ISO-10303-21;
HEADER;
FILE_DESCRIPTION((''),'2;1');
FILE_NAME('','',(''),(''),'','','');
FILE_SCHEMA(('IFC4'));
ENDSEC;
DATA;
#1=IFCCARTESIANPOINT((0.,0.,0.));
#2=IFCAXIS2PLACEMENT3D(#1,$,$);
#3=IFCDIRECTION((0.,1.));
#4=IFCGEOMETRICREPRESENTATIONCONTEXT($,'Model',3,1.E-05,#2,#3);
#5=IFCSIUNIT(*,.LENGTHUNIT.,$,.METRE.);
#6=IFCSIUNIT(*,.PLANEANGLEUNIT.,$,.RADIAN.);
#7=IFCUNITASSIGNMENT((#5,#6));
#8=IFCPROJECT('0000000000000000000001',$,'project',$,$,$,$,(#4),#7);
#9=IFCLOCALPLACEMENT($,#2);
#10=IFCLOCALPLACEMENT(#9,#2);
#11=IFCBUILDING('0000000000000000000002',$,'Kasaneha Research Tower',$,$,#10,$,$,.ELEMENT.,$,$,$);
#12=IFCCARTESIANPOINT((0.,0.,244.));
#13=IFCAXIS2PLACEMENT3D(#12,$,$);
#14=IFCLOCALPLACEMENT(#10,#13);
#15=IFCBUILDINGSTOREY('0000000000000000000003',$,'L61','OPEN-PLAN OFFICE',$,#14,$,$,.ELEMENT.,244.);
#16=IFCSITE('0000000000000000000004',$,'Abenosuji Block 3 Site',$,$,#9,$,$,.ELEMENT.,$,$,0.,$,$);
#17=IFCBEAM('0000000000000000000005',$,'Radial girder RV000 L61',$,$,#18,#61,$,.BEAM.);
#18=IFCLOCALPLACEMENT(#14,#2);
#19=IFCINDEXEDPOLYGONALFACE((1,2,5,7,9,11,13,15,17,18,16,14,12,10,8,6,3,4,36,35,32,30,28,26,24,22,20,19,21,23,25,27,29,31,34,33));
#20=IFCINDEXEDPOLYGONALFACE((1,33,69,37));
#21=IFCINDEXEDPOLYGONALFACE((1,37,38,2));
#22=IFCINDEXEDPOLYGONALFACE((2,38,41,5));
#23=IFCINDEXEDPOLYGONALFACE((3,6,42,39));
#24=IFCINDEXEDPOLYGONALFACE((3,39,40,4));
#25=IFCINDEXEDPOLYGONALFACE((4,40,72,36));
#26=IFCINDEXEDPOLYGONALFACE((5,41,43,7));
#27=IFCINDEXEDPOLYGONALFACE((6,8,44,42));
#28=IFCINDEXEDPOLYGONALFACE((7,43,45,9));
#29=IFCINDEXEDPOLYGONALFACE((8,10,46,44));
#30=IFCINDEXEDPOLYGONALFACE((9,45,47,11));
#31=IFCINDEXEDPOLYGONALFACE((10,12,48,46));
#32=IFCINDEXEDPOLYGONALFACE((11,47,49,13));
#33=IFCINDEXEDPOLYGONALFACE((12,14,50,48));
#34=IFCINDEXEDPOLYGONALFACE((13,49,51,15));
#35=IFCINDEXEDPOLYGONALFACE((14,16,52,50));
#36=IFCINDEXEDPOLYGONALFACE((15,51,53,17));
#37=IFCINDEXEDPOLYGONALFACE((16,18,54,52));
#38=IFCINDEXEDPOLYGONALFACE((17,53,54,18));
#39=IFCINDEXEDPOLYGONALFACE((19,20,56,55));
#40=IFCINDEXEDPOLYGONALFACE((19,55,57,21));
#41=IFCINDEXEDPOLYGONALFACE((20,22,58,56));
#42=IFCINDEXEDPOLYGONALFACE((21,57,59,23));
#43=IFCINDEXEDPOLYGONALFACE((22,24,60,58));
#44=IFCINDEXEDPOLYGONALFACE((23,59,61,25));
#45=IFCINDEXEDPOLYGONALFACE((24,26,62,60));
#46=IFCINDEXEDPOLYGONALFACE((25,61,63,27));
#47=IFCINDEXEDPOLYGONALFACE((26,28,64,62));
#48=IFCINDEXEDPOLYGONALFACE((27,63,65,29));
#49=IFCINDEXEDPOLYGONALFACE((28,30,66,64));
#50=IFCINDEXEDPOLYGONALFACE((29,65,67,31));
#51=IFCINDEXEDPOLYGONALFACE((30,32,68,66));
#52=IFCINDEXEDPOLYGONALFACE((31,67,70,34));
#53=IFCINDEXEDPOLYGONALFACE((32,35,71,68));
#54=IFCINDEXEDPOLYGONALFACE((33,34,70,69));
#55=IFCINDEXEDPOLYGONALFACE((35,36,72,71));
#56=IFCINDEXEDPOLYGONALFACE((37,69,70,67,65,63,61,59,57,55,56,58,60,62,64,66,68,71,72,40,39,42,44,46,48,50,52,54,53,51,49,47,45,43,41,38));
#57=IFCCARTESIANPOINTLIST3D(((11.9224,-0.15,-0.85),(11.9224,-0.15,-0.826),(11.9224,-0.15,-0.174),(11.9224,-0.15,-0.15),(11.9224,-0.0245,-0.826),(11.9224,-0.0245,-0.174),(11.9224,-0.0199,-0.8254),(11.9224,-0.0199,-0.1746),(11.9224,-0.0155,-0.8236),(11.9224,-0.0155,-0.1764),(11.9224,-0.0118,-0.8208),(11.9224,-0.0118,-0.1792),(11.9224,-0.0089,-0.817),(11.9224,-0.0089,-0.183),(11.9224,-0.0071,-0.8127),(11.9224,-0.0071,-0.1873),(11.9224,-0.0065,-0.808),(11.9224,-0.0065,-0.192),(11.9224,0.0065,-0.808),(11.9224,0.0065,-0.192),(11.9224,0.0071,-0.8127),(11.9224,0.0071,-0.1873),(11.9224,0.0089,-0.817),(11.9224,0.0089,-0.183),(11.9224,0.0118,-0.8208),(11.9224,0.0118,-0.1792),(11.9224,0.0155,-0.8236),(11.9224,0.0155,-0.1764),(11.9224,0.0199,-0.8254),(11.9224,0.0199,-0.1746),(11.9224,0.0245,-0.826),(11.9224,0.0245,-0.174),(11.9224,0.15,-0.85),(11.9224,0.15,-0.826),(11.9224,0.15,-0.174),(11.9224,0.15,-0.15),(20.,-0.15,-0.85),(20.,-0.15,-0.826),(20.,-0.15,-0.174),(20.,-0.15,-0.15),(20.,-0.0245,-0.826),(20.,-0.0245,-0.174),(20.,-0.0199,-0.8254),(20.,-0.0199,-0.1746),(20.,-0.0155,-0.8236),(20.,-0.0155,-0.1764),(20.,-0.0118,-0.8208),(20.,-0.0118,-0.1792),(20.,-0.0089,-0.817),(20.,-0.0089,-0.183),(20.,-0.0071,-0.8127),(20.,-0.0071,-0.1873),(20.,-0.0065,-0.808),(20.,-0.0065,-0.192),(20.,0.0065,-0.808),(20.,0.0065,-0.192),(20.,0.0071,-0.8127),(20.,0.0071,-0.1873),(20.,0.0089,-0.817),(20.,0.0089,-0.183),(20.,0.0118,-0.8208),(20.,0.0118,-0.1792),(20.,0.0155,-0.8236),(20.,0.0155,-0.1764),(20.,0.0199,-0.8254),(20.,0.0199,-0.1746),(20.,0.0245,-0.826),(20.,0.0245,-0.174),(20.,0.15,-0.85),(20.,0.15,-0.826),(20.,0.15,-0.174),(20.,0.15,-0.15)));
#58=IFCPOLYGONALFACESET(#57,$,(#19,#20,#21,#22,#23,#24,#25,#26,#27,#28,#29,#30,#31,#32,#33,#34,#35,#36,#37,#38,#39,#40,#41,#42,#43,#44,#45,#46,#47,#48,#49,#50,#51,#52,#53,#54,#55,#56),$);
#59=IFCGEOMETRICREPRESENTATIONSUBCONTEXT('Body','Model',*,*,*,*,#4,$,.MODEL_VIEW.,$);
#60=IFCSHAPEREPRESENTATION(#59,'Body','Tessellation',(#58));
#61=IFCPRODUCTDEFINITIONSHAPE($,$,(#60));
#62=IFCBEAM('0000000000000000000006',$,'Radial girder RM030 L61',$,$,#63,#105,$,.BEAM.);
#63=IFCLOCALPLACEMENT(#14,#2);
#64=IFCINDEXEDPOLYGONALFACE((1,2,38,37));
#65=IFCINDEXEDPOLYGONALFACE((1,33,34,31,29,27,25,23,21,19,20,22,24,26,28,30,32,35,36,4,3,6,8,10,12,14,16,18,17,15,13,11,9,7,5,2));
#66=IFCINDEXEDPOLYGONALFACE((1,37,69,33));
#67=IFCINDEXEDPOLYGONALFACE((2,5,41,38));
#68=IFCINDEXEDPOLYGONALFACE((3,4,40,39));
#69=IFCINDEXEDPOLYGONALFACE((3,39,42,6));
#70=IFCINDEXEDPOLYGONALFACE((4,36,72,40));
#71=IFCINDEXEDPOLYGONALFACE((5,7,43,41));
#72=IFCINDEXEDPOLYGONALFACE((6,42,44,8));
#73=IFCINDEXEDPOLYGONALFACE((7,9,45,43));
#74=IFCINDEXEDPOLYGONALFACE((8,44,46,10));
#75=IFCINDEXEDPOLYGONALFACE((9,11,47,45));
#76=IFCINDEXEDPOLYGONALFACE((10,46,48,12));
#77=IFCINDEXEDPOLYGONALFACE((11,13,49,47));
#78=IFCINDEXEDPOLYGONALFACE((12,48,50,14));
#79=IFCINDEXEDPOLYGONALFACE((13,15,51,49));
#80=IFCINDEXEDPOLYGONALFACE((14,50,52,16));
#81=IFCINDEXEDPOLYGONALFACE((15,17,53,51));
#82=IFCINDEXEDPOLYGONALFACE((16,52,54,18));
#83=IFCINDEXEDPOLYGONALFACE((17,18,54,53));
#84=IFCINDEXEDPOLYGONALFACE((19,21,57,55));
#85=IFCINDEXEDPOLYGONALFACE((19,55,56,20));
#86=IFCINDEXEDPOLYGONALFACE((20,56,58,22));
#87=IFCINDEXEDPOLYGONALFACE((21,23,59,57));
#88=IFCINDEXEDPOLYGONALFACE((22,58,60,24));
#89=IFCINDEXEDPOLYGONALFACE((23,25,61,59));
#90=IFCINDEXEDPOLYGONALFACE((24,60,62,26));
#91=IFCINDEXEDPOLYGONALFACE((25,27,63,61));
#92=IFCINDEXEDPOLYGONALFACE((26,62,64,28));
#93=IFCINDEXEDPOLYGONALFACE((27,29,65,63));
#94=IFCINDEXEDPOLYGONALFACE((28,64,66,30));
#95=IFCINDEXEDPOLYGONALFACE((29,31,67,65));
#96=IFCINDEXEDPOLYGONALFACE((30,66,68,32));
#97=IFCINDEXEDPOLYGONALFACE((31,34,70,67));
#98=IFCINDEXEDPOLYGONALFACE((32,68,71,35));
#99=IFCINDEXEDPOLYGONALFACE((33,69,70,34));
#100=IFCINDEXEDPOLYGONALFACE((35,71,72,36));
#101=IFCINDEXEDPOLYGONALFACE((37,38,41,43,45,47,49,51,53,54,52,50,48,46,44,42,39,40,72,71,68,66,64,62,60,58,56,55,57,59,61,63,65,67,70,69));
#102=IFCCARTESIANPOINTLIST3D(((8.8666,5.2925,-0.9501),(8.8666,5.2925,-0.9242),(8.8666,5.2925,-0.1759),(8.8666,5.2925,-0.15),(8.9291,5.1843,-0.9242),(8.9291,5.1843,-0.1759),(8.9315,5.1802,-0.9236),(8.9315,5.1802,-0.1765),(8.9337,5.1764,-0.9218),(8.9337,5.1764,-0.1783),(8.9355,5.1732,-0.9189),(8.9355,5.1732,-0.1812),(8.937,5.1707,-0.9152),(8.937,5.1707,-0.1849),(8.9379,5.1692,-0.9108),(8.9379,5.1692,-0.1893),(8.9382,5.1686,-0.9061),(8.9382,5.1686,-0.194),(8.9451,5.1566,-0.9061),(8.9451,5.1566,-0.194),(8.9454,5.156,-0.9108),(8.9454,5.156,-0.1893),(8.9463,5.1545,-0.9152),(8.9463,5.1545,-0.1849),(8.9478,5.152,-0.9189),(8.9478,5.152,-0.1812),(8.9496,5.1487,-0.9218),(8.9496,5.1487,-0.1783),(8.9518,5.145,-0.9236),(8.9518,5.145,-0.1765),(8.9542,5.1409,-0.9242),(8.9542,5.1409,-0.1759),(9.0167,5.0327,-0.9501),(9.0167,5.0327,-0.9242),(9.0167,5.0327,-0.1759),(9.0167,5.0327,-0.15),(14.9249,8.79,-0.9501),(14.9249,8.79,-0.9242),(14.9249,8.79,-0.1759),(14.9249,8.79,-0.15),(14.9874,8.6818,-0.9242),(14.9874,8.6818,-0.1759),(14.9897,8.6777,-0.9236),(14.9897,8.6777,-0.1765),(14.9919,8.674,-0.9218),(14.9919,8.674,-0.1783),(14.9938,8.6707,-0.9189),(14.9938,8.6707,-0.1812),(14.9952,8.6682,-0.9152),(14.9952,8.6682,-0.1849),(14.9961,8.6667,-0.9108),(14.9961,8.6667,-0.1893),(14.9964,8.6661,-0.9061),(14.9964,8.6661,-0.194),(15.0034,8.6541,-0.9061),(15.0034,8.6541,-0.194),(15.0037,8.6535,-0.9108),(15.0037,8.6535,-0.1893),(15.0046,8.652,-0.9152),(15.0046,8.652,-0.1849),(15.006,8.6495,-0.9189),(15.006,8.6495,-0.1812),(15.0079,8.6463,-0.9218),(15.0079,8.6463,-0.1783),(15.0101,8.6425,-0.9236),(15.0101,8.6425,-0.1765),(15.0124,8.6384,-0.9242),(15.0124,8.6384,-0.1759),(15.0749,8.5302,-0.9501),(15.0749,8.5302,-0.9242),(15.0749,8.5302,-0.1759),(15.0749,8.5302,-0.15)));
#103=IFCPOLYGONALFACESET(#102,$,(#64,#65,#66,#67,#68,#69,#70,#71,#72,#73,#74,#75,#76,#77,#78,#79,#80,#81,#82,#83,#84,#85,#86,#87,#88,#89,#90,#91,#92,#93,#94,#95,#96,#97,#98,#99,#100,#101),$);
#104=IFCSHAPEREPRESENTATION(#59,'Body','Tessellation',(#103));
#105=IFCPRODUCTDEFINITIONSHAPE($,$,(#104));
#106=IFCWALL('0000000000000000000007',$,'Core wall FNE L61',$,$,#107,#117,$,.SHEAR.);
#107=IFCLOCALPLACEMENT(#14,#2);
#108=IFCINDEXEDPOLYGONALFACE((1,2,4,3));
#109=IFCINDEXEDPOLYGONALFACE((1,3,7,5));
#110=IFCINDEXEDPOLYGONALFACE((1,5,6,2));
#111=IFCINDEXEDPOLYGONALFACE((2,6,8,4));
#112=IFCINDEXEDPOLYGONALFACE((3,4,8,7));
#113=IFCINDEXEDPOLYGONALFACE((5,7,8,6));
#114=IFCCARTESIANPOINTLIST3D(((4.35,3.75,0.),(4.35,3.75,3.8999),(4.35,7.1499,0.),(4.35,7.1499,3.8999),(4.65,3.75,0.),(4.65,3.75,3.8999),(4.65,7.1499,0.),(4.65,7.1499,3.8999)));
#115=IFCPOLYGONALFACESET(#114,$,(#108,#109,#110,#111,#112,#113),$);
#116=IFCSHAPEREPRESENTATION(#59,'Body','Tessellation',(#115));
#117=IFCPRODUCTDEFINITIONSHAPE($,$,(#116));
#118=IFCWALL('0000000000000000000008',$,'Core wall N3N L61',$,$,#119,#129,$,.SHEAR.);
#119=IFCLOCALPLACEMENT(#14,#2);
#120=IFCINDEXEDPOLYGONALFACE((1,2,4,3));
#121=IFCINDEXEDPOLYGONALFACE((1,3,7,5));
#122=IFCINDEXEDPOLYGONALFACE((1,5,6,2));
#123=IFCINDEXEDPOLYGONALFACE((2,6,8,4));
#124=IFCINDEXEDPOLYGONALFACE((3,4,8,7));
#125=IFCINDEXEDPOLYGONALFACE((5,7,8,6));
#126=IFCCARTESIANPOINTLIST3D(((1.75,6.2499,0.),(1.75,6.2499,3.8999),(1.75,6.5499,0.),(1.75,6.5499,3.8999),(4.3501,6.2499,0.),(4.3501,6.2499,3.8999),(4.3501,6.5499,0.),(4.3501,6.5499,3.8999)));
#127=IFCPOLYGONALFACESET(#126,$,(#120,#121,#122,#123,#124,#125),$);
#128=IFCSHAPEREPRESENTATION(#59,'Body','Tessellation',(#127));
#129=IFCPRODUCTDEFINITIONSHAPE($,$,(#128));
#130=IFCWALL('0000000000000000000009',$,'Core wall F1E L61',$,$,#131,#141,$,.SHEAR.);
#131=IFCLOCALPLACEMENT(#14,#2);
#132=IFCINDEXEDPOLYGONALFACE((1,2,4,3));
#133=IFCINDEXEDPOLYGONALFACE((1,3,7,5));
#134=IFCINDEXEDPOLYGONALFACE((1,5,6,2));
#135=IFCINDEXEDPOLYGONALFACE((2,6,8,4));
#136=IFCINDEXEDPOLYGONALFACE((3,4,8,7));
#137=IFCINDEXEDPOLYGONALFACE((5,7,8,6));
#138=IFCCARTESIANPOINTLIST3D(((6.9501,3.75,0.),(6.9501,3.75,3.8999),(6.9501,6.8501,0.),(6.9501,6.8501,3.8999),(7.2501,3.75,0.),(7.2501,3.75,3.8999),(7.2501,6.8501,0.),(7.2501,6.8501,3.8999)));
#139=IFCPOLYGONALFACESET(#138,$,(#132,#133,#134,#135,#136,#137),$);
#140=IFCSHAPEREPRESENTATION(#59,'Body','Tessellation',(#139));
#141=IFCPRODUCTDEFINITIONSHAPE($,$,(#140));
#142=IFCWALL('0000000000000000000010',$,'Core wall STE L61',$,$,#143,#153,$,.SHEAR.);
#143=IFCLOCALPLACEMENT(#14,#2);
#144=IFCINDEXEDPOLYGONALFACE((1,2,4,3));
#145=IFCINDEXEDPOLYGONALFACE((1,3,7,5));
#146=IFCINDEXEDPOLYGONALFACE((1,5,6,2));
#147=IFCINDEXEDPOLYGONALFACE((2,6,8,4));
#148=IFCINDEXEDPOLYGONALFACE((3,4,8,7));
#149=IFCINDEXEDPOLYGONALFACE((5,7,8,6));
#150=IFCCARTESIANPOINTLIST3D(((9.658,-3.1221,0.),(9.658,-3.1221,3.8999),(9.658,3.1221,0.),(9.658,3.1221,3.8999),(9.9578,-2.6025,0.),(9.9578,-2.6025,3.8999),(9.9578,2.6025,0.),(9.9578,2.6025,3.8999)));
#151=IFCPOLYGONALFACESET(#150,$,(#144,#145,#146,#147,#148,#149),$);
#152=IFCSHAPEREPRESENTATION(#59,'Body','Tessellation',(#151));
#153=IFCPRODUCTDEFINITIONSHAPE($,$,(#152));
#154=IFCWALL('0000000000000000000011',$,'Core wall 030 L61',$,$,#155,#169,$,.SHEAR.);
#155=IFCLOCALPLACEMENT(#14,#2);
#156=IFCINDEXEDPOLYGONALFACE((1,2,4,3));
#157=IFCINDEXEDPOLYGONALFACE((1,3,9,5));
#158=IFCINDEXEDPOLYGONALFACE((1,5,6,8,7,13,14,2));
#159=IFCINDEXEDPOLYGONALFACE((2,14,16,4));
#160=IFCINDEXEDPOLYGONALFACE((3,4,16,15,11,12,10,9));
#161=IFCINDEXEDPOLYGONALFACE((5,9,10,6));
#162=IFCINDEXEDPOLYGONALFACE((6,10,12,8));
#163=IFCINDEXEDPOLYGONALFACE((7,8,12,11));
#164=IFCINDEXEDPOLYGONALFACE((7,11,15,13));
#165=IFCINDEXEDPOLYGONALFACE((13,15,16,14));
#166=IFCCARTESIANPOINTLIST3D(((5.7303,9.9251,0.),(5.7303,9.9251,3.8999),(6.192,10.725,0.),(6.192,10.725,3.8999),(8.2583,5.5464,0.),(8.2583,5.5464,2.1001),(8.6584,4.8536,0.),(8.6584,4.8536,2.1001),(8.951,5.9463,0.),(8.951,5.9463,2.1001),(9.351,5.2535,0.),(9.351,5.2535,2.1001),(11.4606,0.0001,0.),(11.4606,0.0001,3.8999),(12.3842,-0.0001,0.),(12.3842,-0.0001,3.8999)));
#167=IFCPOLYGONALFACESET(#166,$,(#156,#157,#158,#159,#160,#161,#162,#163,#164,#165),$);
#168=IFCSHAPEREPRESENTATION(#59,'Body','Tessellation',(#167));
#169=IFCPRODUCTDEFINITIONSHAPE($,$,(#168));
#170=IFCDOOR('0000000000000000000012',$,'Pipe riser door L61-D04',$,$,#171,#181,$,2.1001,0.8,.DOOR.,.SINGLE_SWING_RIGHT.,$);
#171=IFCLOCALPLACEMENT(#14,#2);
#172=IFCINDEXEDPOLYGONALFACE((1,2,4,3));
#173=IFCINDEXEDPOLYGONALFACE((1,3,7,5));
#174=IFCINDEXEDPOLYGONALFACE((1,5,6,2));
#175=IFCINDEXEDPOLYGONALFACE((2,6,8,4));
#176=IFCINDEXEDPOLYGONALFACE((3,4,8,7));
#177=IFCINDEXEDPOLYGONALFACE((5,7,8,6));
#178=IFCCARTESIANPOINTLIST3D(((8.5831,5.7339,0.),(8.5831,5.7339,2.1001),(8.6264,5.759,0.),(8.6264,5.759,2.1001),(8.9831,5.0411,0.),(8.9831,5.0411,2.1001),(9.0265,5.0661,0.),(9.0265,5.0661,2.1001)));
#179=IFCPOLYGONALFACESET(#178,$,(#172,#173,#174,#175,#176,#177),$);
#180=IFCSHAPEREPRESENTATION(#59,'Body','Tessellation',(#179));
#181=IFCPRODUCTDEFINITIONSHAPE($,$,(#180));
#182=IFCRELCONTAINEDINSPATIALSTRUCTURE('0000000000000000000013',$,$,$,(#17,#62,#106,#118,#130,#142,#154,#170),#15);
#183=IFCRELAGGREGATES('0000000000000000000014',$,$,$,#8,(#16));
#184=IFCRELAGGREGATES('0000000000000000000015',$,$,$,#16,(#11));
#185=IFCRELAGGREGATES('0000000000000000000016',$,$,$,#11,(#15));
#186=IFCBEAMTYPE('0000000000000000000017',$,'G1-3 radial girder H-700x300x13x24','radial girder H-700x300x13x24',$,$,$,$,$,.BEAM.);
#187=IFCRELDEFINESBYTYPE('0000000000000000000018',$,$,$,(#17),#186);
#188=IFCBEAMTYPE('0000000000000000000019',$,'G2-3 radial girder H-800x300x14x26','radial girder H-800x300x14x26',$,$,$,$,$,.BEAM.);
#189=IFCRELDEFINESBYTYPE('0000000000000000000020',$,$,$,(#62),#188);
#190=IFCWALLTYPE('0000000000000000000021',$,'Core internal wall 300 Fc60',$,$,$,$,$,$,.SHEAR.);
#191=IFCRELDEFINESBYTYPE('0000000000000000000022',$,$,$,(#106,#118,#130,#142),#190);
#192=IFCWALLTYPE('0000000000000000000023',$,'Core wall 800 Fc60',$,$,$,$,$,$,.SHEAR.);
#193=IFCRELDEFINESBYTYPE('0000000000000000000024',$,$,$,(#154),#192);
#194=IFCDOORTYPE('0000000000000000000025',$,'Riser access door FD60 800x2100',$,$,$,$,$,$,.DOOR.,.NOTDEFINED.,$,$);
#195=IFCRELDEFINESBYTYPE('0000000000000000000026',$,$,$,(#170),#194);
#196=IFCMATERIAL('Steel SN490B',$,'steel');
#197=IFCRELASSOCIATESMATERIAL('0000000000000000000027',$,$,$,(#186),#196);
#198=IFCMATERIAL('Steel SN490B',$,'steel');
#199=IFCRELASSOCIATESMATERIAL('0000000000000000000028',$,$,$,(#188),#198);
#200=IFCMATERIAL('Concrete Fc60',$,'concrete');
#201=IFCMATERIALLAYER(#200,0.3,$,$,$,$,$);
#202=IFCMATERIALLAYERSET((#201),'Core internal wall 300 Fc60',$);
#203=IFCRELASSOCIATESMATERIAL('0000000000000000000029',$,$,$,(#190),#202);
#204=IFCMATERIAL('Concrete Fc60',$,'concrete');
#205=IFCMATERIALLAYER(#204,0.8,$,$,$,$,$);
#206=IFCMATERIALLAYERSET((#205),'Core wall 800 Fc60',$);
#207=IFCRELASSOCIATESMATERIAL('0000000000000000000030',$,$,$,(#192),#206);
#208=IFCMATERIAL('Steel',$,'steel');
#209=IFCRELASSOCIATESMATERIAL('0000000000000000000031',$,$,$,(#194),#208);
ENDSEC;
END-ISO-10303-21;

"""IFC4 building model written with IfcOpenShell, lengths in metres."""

from ifc_helpers import new_model, si_unit, direction, frame, frame_2d, origin, origin_2d, place, context, subcontext, project, spatial, polyline, rectangle, i_section, outline, extrude, material, layer, layer_set, material_profile, profile_set, type_object, element, fill, save


model = new_model("IFC4")

# Units and contexts
model_context = context("Model", 3, precision=1e-05, world=origin(), true_north=direction((0.0, 1.0)))
body_context = subcontext(model_context, "Body", "Model", "MODEL_VIEW")
ifc_project = project(units=[si_unit("LENGTHUNIT", "METRE"), si_unit("PLANEANGLEUNIT", "RADIAN")], contexts=[model_context])

# Site, building, storey
site_placement = place(None, origin())
site = spatial("IfcSite", under=ifc_project, at=site_placement, Name="Abenosuji Block 3 Site", CompositionType="ELEMENT", RefElevation=0.0)
building_placement = place(site_placement, origin())
building = spatial("IfcBuilding", under=site, at=building_placement, Name="Kasaneha Research Tower", CompositionType="ELEMENT")
storey_placement = place(building_placement, frame((0.0, 0.0, 244.0)))
storey = spatial("IfcBuildingStorey", under=building, at=storey_placement, Name="L61", Description="OPEN-PLAN OFFICE", CompositionType="ELEMENT", Elevation=244.0)

# Beams
ifc_material_1 = material(Name="Steel SN490B", Category="steel")
ifc_material_profile_1 = material_profile(ifc_material_1, i_section(OverallWidth=0.3, OverallDepth=0.7, WebThickness=0.0129, FlangeThickness=0.0239, FilletRadius=0.0181, at=origin_2d()), Name="H-700x300x13x24")
ifc_profile_set_1 = profile_set([ifc_material_profile_1], Name="Steel SN490B")
beam_type_1 = type_object("IfcBeamType", Name="G1-3 radial girder H-700x300x13x24", Description="radial girder H-700x300x13x24", PredefinedType="BEAM", material=ifc_profile_set_1)
beam_1_placement = place(storey_placement, frame((11.9224, 0.0, -0.5), z_axis=(1.0, 0.0, 0.0), x_axis=(0.0, 1.0, 0.0)))
element("IfcBeam", 1, at=beam_1_placement, inside=storey, type_object=beam_type_1, Name="Radial girder RV000 L61", PredefinedType="BEAM", context=body_context, shape_type="SweptSolid", body=[
    extrude(i_section(OverallWidth=0.3, OverallDepth=0.7, WebThickness=0.0129, FlangeThickness=0.0239, FilletRadius=0.0181, at=origin_2d()), origin(), (0.0, 0.0, 1.0), 8.0776),
])
ifc_material_2 = material(Name="Steel SN490B", Category="steel")
ifc_material_profile_2 = material_profile(ifc_material_2, i_section(OverallWidth=0.3, OverallDepth=0.8, WebThickness=0.0139, FlangeThickness=0.0259, FilletRadius=0.0181, at=origin_2d()), Name="H-800x300x14x26")
ifc_profile_set_2 = profile_set([ifc_material_profile_2], Name="Steel SN490B")
beam_type_2 = type_object("IfcBeamType", Name="G2-3 radial girder H-800x300x14x26", Description="radial girder H-800x300x14x26", PredefinedType="BEAM", material=ifc_profile_set_2)
beam_2_placement = place(storey_placement, frame((8.9417, 5.1626, -0.55), z_axis=(0.86604, 0.499975, 0.0), x_axis=(-0.499975, 0.86604, 0.0)))
element("IfcBeam", 2, at=beam_2_placement, inside=storey, type_object=beam_type_2, Name="Radial girder RM030 L61", PredefinedType="BEAM", context=body_context, shape_type="SweptSolid", body=[
    extrude(i_section(OverallWidth=0.3, OverallDepth=0.8, WebThickness=0.0139, FlangeThickness=0.0259, FilletRadius=0.0181, at=origin_2d()), origin(), (0.0, 0.0, 1.0), 6.9954),
])

# Walls
ifc_material_3 = material(Name="Concrete Fc60", Category="concrete")
ifc_layer_1 = layer(ifc_material_3, 0.3)
ifc_layer_set_1 = layer_set([ifc_layer_1], Name="Core internal wall 300 Fc60")
wall_type_1 = type_object("IfcWallType", Name="Core internal wall 300 Fc60", PredefinedType="SHEAR", material=ifc_layer_set_1)
wall_1_placement = place(storey_placement, frame((4.5, 3.75, 0.0), z_axis=(0.0, 0.0, 1.0), x_axis=(0.0, 1.0, 0.0)))
element("IfcWall", 3, at=wall_1_placement, inside=storey, type_object=wall_type_1, Name="Core wall FNE L61", PredefinedType="SHEAR", context=body_context, shape_type="SweptSolid", body=[
    extrude(rectangle(XDim=3.3999, YDim=0.3, at=frame_2d((1.7, 0.0))), origin(), (0.0, 0.0, 1.0), 3.8999),
])
wall_2_placement = place(storey_placement, frame((1.75, 6.3999, 0.0), z_axis=(0.0, 0.0, 1.0), x_axis=(1.0, 0.0, 0.0)))
element("IfcWall", 4, at=wall_2_placement, inside=storey, type_object=wall_type_1, Name="Core wall N3N L61", PredefinedType="SHEAR", context=body_context, shape_type="SweptSolid", body=[
    extrude(rectangle(XDim=2.6001, YDim=0.3, at=frame_2d((1.3, 0.0))), origin(), (0.0, 0.0, 1.0), 3.8999),
])
wall_3_placement = place(storey_placement, frame((7.1001, 3.75, 0.0), z_axis=(0.0, 0.0, 1.0), x_axis=(0.0, 1.0, 0.0)))
element("IfcWall", 5, at=wall_3_placement, inside=storey, type_object=wall_type_1, Name="Core wall F1E L61", PredefinedType="SHEAR", context=body_context, shape_type="SweptSolid", body=[
    extrude(rectangle(XDim=3.1001, YDim=0.3, at=frame_2d((1.55, 0.0))), origin(), (0.0, 0.0, 1.0), 3.8999),
])
wall_4_placement = place(storey_placement, frame((9.8079, -2.8623, 0.0), z_axis=(0.0, 0.0, 1.0), x_axis=(0.0, 1.0, 0.0)))
element("IfcWall", 6, at=wall_4_placement, inside=storey, type_object=wall_type_1, Name="Core wall STE L61", PredefinedType="SHEAR", context=body_context, shape_type="SweptSolid", body=[
    extrude(outline(polyline([(0.2598, -0.1499), (5.4648, -0.1499), (5.9844, 0.1499), (-0.2598, 0.1499), (0.2598, -0.1499)])), origin(), (0.0, 0.0, 1.0), 3.8999),
])

# Wall, opening, door
ifc_material_4 = material(Name="Concrete Fc60", Category="concrete")
ifc_layer_2 = layer(ifc_material_4, 0.8)
ifc_layer_set_2 = layer_set([ifc_layer_2], Name="Core wall 800 Fc60")
wall_type_2 = type_object("IfcWallType", Name="Core wall 800 Fc60", PredefinedType="SHEAR", material=ifc_layer_set_2)
wall_5_placement = place(storey_placement, frame((11.9224, 0.0, 0.0), z_axis=(0.0, 0.0, 1.0), x_axis=(-0.500004, 0.866023, 0.0)))
wall_5 = element("IfcWall", 7, at=wall_5_placement, inside=storey, type_object=wall_type_2, Name="Core wall 030 L61", PredefinedType="SHEAR", context=body_context, shape_type="SweptSolid", body=[
    extrude(outline(polyline([(-0.231, -0.3999), (5.8354, -0.3999), (6.6355, -0.3999), (12.1533, -0.3999), (11.6914, 0.3999), (6.6355, 0.3999), (5.8354, 0.3999), (0.231, 0.3999), (-0.231, -0.3999)])), origin(), (0.0, 0.0, 1.0), 3.8999),
])
opening_placement = place(wall_5_placement, frame((5.8354, 0.0, 0.0)))
opening = element("IfcOpeningElement", 8, at=opening_placement, cuts=wall_5, PredefinedType="OPENING", context=body_context, shape_type="SweptSolid", body=[
    extrude(rectangle(XDim=0.8, YDim=2.1001, at=frame_2d((0.3999, 1.05))), frame((0.0, 0.4102, 0.0), z_axis=(0.0, -1.0, 0.0), x_axis=(1.0, 0.0, 0.0)), (0.0, 0.0, 1.0), 0.8201),
])
ifc_material_5 = material(Name="Steel", Category="steel")
door_type = type_object("IfcDoorType", Name="Riser access door FD60 800x2100", OperationType="NOTDEFINED", PredefinedType="DOOR", material=ifc_material_5)
door_placement = place(opening_placement, origin())
door = element("IfcDoor", 9, at=door_placement, inside=storey, type_object=door_type, Name="Pipe riser door L61-D04", OperationType="SINGLE_SWING_RIGHT", OverallHeight=2.1001, OverallWidth=0.8, PredefinedType="DOOR", context=body_context, shape_type="SweptSolid", body=[
    extrude(rectangle(XDim=0.8, YDim=2.1001, at=frame_2d((0.3999, 1.05))), frame((0.0, 0.0249, 0.0), z_axis=(0.0, -1.0, 0.0), x_axis=(1.0, 0.0, 0.0)), (0.0, 0.0, 1.0), 0.05),
])
fill(opening, door)

save(model, "model.ifc")
